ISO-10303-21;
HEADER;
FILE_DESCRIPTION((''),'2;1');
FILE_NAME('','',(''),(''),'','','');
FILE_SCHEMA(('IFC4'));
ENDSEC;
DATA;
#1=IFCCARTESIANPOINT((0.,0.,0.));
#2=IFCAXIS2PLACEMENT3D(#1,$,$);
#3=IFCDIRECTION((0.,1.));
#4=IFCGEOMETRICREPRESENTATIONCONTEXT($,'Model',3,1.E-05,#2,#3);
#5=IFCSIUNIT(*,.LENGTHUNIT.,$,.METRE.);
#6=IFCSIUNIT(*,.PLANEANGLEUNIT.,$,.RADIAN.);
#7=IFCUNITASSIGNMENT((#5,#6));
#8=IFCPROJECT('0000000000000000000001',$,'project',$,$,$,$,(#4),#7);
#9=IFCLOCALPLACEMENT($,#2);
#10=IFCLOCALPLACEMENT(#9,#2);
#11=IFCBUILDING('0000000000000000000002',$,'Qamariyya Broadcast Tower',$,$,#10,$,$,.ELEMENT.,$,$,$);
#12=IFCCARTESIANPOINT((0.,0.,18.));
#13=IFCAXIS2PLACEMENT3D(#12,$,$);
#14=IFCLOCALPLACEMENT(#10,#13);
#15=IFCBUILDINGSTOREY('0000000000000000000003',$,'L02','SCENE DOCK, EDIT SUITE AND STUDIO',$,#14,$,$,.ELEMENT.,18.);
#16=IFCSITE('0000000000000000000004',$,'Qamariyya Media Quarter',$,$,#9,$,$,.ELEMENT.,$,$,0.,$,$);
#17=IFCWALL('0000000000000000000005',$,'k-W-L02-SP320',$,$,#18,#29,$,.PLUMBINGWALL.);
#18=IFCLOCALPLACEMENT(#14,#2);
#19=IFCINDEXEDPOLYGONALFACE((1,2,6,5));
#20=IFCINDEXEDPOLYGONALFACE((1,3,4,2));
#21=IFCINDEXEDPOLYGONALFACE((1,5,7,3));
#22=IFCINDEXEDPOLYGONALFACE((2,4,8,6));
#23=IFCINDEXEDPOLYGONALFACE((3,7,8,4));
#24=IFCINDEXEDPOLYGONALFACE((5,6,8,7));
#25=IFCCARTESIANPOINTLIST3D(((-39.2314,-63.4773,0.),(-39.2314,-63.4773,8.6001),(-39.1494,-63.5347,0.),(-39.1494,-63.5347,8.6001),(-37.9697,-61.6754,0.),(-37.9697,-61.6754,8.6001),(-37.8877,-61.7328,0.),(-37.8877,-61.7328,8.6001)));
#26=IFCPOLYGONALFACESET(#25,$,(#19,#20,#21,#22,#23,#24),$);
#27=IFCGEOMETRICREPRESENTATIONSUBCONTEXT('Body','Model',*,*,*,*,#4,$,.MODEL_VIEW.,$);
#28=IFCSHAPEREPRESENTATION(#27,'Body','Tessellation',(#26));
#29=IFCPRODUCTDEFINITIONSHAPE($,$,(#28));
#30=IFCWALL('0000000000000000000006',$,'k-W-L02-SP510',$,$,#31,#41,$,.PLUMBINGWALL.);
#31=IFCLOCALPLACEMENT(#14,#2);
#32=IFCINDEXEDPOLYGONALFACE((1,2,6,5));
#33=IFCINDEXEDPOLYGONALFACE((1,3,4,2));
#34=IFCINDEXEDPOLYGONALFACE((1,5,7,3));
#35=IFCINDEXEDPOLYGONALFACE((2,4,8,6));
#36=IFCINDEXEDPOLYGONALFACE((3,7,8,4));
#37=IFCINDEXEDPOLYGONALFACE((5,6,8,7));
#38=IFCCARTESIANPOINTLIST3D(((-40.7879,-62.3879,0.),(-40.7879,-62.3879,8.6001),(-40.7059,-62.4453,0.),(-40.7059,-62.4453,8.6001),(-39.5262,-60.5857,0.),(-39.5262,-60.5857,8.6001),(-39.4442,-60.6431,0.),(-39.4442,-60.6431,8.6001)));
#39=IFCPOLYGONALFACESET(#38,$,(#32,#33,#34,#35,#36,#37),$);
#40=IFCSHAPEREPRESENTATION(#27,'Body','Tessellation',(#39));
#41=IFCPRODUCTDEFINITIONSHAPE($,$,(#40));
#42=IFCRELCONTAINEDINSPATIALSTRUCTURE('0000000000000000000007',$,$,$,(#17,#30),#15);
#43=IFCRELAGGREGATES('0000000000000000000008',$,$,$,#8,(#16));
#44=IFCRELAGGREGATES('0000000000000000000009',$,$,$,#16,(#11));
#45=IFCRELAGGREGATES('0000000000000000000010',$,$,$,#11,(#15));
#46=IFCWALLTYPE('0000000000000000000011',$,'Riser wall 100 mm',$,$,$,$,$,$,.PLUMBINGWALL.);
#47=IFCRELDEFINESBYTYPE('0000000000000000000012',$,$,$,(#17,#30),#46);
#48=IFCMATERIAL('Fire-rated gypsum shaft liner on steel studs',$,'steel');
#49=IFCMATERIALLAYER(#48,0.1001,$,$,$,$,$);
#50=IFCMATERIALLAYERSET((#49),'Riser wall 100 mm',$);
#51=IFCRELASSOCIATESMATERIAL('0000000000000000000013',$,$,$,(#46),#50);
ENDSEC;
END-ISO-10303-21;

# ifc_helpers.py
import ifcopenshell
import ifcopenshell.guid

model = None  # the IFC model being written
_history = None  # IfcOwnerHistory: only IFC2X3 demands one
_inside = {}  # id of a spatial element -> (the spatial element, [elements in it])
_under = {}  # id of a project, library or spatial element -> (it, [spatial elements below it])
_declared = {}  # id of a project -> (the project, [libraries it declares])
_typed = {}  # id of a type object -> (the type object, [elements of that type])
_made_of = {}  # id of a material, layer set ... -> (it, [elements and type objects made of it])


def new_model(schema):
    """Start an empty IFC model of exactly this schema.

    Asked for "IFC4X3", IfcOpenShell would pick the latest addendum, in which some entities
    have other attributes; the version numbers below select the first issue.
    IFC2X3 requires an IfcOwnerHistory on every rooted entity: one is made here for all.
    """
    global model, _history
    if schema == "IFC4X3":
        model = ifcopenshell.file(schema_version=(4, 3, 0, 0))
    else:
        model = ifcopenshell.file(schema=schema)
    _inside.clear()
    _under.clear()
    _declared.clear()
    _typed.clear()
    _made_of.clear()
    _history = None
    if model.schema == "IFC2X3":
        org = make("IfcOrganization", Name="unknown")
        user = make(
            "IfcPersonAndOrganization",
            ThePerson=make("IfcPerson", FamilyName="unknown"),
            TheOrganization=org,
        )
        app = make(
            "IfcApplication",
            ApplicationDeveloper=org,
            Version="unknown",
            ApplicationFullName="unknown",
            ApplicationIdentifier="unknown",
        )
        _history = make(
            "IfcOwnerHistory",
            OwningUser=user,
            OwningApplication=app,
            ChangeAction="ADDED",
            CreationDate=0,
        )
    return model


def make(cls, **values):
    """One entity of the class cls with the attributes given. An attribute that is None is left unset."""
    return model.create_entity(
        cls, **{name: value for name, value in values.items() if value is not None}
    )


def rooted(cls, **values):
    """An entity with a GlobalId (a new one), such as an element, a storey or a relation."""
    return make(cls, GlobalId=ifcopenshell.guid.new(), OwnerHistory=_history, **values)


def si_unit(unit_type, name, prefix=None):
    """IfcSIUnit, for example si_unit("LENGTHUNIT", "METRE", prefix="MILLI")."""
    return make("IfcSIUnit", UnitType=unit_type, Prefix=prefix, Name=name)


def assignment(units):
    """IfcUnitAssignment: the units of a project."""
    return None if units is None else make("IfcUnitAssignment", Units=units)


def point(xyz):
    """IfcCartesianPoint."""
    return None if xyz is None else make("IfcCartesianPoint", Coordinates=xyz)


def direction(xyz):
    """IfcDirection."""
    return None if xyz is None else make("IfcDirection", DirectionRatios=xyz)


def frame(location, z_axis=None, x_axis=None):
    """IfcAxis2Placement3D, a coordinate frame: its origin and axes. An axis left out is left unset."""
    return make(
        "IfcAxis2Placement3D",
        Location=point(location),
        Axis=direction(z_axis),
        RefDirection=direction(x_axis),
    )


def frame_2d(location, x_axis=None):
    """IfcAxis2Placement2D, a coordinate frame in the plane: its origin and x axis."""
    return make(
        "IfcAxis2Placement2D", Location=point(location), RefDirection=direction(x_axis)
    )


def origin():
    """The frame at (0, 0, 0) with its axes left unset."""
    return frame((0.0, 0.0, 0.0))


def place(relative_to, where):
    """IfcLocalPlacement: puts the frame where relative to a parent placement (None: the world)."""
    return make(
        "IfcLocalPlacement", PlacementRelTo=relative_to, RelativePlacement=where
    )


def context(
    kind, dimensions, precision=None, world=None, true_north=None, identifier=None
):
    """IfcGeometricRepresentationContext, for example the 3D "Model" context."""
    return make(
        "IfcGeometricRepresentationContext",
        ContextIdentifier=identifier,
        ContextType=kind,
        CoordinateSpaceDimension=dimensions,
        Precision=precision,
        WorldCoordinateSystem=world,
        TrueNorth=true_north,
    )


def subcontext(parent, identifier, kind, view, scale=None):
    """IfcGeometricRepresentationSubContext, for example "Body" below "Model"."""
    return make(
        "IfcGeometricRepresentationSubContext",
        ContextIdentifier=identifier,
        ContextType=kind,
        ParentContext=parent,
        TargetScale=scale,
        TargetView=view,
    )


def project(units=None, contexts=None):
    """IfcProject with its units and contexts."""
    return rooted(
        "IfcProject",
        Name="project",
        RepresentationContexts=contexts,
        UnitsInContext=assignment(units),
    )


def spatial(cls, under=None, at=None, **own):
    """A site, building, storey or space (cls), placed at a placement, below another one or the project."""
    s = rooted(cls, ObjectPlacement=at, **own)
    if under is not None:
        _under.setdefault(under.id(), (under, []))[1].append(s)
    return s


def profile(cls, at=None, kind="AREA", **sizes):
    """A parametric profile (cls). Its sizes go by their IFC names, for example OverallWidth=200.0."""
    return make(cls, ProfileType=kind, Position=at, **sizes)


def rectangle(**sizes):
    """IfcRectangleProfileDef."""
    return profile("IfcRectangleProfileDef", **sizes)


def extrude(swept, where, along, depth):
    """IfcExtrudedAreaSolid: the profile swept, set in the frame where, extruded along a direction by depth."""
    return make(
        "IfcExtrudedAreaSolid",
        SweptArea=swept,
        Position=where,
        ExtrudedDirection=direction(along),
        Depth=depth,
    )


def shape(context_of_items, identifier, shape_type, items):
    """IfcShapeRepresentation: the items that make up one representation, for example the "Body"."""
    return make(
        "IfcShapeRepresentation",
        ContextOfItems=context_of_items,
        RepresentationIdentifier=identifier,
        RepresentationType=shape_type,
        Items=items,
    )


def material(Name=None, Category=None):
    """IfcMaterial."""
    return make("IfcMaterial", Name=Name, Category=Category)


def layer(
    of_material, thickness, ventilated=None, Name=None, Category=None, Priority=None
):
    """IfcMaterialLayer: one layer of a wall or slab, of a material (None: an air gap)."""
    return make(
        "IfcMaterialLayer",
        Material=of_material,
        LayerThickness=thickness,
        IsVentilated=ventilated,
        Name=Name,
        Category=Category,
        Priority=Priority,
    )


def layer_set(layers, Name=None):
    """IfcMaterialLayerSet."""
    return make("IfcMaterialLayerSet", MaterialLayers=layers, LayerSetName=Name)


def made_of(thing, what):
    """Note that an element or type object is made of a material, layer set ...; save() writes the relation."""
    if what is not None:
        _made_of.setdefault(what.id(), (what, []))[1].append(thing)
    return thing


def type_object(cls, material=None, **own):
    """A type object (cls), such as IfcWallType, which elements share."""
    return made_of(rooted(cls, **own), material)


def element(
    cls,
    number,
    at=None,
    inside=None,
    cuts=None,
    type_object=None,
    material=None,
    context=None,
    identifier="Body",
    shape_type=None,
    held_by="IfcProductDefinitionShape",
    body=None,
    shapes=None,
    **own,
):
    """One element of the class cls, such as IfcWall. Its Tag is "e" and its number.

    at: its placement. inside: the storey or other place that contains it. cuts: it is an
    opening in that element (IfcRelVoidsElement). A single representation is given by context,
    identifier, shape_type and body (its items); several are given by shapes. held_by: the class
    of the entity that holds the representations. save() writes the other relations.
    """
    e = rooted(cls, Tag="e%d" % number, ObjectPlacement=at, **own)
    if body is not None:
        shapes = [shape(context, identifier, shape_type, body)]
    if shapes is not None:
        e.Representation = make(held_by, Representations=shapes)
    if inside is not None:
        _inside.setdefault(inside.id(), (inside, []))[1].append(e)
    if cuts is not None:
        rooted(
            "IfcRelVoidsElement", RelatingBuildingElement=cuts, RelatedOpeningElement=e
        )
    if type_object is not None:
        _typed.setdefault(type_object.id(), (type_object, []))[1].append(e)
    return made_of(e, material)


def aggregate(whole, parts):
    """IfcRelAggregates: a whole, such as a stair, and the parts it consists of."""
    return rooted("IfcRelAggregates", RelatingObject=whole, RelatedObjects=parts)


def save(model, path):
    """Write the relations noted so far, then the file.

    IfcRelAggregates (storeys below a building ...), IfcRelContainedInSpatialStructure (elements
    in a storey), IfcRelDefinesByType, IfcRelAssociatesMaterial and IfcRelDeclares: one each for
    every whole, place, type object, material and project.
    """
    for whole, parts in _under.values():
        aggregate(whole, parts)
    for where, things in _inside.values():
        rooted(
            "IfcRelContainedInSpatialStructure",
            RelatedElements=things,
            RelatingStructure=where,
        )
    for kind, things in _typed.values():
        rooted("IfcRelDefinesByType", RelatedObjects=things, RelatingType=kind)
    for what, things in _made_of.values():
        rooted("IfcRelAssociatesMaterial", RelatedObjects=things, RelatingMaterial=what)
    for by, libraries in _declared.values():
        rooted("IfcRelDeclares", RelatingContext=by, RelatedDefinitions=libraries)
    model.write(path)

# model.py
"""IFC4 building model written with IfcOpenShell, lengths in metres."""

from ifc_helpers import new_model, si_unit, direction, frame, frame_2d, origin, place, context, subcontext, project, spatial, rectangle, extrude, material, layer, layer_set, type_object, element, save


model = new_model("IFC4")

# Units and contexts
model_context = context("Model", 3, precision=1e-05, world=origin(), true_north=direction((0.0, 1.0)))
body_context = subcontext(model_context, "Body", "Model", "MODEL_VIEW")
ifc_project = project(units=[si_unit("LENGTHUNIT", "METRE"), si_unit("PLANEANGLEUNIT", "RADIAN")], contexts=[model_context])

# Site, building, storey
site_placement = place(None, origin())
site = spatial("IfcSite", under=ifc_project, at=site_placement, Name="Qamariyya Media Quarter", CompositionType="ELEMENT", RefElevation=0.0)
building_placement = place(site_placement, origin())
building = spatial("IfcBuilding", under=site, at=building_placement, Name="Qamariyya Broadcast Tower", CompositionType="ELEMENT")
storey_placement = place(building_placement, frame((0.0, 0.0, 18.0)))
storey = spatial("IfcBuildingStorey", under=building, at=storey_placement, Name="L02", Description="SCENE DOCK, EDIT SUITE AND STUDIO", CompositionType="ELEMENT", Elevation=18.0)

# Walls
ifc_material_1 = material(Name="Fire-rated gypsum shaft liner on steel studs", Category="steel")
ifc_layer_1 = layer(ifc_material_1, 0.1001)
ifc_layer_set_1 = layer_set([ifc_layer_1], Name="Riser wall 100 mm")
wall_type_1 = type_object("IfcWallType", Name="Riser wall 100 mm", PredefinedType="PLUMBINGWALL", material=ifc_layer_set_1)
wall_1_placement = place(storey_placement, frame((-37.9287, -61.7041, 0.0), z_axis=(0.0, 0.0, 1.0), x_axis=(-0.573559, -0.819164, 0.0)))
element("IfcWall", 1, at=wall_1_placement, inside=storey, type_object=wall_type_1, Name="k-W-L02-SP320", PredefinedType="PLUMBINGWALL", context=body_context, shape_type="SweptSolid", body=[
    extrude(rectangle(XDim=2.1997, YDim=0.1001, at=frame_2d((1.0999, 0.0))), origin(), (0.0, 0.0, 1.0), 8.6001),
])
wall_2_placement = place(storey_placement, frame((-39.4851, -60.6143, 0.0), z_axis=(0.0, 0.0, 1.0), x_axis=(-0.573507, -0.819201, 0.0)))
element("IfcWall", 2, at=wall_2_placement, inside=storey, type_object=wall_type_1, Name="k-W-L02-SP510", PredefinedType="PLUMBINGWALL", context=body_context, shape_type="SweptSolid", body=[
    extrude(rectangle(XDim=2.2, YDim=0.1001, at=frame_2d((1.1001, 0.0))), origin(), (0.0, 0.0, 1.0), 8.6001),
])

save(model, "model.ifc")
